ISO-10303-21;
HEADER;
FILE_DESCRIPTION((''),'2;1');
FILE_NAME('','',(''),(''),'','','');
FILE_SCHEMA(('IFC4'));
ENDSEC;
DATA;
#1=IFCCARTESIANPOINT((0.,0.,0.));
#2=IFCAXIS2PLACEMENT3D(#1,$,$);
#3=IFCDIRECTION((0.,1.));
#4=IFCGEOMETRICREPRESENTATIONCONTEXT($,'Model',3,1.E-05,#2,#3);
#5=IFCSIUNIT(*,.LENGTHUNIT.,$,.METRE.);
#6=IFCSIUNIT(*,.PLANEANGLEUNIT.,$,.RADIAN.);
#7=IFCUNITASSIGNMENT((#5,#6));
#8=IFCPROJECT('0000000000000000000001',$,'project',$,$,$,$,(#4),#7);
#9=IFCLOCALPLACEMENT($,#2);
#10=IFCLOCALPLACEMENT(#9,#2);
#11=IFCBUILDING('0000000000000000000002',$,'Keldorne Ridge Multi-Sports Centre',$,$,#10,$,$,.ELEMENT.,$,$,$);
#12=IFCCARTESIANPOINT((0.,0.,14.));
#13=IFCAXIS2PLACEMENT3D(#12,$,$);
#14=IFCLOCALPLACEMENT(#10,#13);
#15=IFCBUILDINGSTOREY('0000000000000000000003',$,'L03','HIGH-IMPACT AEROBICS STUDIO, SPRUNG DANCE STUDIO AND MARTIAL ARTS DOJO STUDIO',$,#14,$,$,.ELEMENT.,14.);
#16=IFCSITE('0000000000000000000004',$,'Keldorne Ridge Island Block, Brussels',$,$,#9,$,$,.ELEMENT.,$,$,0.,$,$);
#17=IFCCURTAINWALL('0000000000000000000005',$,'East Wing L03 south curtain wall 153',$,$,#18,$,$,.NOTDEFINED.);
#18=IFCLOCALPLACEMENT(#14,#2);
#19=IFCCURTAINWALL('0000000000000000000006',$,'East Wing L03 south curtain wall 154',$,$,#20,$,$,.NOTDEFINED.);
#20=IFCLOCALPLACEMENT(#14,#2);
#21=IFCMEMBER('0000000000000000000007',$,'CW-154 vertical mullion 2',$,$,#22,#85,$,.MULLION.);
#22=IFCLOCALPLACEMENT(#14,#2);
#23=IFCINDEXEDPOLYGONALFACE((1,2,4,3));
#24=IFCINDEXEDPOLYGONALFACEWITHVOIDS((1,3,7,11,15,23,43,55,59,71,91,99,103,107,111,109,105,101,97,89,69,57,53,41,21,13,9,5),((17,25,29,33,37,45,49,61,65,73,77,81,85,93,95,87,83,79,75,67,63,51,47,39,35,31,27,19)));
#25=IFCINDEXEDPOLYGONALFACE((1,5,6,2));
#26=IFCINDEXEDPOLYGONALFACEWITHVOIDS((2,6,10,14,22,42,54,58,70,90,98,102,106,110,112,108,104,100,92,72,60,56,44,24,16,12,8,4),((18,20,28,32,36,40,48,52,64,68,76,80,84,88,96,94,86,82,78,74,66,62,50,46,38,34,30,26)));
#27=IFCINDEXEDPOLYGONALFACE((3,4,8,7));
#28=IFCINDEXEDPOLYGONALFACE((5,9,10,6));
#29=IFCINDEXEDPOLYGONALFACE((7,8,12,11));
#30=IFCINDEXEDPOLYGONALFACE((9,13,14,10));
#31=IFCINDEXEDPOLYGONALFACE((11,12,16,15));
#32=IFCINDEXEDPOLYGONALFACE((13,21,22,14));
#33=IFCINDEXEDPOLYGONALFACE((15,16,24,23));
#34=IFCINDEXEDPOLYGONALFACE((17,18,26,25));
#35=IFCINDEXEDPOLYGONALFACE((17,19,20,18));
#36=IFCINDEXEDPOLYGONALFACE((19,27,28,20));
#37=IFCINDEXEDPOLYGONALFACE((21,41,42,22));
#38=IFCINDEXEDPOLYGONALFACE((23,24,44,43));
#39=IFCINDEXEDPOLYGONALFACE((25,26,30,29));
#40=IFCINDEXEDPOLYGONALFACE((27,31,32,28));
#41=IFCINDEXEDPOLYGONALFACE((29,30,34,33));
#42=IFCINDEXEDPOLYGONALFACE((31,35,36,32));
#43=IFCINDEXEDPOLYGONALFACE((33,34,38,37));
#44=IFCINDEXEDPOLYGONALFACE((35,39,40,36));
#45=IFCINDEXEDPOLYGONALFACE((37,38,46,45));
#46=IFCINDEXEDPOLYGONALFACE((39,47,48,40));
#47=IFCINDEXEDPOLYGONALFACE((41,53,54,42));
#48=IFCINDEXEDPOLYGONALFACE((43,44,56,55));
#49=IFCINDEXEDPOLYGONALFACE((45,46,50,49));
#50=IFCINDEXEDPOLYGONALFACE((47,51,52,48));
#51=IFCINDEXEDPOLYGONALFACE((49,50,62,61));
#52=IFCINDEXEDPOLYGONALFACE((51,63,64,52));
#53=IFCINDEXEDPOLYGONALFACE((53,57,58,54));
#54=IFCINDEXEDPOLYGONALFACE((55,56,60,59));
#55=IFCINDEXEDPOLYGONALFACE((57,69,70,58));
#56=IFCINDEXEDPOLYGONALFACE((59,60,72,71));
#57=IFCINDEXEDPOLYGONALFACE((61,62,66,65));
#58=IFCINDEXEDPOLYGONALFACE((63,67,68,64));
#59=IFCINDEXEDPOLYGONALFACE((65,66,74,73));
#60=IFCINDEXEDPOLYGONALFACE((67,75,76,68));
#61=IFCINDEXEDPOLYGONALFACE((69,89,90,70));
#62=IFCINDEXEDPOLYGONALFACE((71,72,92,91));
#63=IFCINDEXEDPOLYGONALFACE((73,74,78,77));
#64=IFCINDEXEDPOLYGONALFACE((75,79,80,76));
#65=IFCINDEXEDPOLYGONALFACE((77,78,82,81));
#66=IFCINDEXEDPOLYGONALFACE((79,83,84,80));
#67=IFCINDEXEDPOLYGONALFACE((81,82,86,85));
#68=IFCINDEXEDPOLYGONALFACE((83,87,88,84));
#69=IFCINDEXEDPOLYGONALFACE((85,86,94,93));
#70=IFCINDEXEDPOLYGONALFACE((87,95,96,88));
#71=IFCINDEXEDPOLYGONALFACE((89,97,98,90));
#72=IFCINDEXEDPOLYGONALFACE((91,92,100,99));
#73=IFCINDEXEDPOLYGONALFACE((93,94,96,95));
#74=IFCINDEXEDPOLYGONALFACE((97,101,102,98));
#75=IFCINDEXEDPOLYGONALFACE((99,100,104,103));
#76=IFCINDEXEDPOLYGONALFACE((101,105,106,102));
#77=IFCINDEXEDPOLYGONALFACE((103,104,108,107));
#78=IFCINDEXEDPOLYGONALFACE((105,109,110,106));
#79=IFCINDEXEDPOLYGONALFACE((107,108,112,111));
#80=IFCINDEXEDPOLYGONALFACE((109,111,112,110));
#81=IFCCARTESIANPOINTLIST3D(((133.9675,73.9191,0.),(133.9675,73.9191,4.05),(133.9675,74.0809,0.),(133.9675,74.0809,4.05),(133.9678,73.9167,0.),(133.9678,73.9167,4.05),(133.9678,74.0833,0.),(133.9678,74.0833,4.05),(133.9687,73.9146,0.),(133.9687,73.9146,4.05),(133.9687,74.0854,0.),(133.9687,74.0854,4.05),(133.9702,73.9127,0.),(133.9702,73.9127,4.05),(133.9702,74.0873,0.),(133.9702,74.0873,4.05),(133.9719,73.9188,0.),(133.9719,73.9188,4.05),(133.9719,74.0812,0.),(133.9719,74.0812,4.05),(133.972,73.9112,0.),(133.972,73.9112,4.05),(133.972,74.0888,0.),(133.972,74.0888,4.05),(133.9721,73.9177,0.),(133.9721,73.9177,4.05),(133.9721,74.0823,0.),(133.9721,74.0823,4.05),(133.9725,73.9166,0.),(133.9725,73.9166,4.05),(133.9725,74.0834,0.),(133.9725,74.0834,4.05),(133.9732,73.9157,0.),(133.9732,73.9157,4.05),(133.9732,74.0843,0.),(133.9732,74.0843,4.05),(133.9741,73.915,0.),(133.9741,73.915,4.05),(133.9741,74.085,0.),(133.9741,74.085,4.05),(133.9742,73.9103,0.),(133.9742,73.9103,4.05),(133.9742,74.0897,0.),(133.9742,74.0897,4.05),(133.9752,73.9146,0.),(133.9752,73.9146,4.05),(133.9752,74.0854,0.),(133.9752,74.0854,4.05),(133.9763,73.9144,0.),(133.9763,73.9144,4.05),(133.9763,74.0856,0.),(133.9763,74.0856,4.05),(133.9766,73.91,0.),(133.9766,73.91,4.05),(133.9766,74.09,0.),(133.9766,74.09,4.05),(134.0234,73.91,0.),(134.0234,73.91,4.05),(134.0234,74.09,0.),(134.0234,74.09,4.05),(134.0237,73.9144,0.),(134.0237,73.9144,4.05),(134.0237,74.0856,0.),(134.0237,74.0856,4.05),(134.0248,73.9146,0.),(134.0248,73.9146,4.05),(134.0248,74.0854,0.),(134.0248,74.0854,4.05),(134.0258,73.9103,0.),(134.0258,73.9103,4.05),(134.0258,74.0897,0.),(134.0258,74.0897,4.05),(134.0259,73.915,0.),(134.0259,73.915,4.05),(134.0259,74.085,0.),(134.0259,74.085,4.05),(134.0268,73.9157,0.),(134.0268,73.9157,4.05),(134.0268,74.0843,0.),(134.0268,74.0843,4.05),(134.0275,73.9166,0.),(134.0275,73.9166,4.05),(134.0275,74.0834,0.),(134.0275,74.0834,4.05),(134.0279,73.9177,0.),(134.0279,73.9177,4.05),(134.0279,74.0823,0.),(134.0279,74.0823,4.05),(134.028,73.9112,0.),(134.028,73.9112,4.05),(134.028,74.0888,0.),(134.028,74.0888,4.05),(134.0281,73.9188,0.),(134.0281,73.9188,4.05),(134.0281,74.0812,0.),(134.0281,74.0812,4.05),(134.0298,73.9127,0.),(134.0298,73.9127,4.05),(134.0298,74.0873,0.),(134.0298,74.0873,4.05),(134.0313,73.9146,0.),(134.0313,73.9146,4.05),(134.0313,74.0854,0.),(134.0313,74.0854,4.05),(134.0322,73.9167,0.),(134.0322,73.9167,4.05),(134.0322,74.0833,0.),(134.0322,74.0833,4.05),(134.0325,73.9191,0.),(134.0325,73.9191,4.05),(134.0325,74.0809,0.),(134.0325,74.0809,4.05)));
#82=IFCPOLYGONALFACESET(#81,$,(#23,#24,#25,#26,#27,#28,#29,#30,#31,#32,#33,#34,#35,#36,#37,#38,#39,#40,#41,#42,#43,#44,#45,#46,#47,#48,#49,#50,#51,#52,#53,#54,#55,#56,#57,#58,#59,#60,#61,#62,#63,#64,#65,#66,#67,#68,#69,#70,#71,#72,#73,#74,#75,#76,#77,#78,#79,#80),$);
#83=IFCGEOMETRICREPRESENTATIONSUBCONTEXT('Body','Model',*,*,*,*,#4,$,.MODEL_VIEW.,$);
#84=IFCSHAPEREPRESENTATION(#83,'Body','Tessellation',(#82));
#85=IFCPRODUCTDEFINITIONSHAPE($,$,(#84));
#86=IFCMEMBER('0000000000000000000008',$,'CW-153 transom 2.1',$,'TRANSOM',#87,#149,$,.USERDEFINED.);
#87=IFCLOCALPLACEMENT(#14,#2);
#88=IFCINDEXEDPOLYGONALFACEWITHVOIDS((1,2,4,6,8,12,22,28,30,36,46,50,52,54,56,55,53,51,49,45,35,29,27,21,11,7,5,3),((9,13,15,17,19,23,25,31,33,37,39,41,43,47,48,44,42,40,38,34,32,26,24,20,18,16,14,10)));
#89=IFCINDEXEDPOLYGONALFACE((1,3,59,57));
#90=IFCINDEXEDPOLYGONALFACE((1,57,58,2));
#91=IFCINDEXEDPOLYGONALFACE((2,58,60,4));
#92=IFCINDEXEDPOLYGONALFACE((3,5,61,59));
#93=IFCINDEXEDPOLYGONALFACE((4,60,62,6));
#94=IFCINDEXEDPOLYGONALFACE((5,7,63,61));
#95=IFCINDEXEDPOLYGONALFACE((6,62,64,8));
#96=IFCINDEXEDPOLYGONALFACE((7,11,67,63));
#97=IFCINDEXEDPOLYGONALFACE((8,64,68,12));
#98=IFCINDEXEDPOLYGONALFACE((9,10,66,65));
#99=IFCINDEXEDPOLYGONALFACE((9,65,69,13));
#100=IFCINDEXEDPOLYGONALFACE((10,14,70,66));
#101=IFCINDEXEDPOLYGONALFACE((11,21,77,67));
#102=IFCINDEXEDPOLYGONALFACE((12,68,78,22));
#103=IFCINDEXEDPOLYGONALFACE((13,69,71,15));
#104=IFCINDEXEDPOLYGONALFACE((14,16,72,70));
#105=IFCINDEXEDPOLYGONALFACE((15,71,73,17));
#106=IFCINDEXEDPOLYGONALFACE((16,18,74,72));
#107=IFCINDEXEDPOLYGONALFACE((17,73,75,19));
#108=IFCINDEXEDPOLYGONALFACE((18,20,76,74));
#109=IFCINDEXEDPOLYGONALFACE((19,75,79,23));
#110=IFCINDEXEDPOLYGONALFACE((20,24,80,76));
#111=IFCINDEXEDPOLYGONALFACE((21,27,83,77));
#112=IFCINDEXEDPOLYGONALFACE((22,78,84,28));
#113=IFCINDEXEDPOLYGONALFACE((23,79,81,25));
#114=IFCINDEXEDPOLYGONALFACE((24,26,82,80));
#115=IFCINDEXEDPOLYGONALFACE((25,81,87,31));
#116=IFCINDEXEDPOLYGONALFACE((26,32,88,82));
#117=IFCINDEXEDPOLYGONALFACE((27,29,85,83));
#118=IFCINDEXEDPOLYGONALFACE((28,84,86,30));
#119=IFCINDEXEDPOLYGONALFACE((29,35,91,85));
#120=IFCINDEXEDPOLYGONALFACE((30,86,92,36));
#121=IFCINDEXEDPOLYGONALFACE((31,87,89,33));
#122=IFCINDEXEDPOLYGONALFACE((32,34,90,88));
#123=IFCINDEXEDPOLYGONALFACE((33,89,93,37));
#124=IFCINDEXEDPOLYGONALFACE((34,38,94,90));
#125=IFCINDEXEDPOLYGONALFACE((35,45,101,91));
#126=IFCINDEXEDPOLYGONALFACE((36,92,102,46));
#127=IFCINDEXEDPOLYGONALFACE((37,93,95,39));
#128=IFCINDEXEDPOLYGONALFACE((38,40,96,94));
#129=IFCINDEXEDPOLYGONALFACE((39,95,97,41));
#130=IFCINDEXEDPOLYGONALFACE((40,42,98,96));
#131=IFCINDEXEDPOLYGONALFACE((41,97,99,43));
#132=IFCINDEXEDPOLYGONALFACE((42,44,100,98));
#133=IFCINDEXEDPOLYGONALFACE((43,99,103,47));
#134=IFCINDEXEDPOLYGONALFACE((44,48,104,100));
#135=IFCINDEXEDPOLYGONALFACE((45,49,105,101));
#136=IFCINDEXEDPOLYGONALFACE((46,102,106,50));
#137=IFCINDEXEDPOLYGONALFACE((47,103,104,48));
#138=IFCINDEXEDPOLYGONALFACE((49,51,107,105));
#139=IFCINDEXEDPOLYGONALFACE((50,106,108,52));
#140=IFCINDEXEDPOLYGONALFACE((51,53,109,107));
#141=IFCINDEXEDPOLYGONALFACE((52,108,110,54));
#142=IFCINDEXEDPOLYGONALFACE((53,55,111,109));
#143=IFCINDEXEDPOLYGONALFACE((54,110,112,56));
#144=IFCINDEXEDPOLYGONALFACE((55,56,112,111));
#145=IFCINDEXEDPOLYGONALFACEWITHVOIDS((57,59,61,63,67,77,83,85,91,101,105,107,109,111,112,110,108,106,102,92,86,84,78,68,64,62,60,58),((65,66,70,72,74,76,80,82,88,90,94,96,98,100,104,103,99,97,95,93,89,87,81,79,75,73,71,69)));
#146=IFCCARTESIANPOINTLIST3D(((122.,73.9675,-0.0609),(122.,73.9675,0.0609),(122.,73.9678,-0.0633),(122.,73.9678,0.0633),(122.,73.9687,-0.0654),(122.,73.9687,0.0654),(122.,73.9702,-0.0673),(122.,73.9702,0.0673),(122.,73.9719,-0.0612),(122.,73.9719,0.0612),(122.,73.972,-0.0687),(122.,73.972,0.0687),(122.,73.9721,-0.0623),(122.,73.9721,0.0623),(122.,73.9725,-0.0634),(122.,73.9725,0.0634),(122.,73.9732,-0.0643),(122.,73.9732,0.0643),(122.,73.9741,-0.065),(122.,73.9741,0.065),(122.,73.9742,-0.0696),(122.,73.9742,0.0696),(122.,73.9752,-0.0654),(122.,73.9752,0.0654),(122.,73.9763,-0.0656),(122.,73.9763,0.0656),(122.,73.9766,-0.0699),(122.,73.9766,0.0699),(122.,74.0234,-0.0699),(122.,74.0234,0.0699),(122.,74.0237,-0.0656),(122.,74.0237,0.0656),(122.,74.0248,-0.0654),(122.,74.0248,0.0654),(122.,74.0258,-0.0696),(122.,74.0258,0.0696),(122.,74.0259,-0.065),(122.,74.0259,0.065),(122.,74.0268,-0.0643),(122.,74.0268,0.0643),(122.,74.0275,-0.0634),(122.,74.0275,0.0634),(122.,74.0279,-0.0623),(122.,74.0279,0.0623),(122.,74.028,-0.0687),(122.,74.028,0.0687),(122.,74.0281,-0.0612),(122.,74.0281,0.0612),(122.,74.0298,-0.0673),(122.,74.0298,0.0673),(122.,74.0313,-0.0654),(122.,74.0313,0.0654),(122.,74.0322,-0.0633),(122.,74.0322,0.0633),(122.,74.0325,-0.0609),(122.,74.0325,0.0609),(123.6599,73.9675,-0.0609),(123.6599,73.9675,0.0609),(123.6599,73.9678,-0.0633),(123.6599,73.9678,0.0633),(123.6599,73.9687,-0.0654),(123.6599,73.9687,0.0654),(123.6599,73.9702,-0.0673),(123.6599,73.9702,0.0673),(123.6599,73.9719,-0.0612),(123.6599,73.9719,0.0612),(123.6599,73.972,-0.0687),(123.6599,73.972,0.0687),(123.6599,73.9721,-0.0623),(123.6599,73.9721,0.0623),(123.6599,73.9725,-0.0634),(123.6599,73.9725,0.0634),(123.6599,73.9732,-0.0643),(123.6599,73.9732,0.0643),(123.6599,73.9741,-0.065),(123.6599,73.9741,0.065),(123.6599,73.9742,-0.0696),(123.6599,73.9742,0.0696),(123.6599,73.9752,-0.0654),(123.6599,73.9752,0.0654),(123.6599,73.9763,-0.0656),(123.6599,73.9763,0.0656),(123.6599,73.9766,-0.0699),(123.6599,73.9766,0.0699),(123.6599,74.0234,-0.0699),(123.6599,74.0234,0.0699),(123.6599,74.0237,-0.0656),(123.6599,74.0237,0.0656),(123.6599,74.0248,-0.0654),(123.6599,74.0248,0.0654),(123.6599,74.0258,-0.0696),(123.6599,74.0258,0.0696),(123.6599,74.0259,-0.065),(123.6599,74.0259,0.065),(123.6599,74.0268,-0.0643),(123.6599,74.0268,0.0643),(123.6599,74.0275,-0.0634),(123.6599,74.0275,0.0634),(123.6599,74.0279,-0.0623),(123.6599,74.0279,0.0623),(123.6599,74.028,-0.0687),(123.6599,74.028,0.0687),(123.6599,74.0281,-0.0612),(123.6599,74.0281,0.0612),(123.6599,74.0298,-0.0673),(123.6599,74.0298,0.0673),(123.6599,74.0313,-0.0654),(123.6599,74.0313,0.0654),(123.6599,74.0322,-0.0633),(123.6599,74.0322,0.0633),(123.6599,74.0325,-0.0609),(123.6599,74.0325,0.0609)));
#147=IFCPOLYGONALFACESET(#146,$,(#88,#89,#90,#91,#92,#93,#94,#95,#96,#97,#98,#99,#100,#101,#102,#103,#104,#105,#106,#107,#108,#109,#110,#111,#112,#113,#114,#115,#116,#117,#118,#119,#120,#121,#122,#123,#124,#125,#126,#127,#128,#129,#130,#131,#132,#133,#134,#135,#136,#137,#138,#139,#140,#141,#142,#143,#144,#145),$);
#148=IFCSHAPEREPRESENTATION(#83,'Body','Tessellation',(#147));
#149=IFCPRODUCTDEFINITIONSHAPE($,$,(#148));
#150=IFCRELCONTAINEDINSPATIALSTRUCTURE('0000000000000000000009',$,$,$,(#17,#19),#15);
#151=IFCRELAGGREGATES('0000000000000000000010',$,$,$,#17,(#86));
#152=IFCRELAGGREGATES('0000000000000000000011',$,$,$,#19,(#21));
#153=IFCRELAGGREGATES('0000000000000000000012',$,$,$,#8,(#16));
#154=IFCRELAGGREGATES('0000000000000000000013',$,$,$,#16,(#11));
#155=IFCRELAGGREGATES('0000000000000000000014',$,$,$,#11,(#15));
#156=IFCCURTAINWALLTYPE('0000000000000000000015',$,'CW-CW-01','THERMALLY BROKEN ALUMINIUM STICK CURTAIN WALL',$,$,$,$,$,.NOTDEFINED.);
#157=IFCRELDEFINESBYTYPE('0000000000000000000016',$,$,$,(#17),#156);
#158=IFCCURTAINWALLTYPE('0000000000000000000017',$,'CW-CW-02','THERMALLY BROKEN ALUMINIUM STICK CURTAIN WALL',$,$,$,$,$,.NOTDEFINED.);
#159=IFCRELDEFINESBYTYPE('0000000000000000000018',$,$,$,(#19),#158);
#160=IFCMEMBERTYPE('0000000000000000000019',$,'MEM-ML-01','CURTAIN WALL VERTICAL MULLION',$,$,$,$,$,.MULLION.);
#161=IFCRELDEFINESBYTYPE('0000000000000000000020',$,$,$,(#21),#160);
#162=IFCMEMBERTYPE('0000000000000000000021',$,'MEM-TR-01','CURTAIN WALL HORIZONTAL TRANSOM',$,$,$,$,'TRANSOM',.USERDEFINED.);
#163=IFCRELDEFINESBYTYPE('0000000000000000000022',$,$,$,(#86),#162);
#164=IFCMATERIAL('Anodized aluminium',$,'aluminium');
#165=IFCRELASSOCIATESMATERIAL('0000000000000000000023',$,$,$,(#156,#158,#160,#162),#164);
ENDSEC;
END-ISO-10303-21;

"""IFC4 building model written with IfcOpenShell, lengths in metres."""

from ifc_helpers import new_model, si_unit, direction, frame, origin, origin_2d, place, context, subcontext, project, spatial, hollow_rectangle, extrude, material, material_profile, profile_set, type_object, element, aggregate, save


model = new_model("IFC4")

# Units and contexts
model_context = context("Model", 3, precision=1e-05, world=origin(), true_north=direction((0.0, 1.0)))
body_context = subcontext(model_context, "Body", "Model", "MODEL_VIEW")
ifc_project = project(units=[si_unit("LENGTHUNIT", "METRE"), si_unit("PLANEANGLEUNIT", "RADIAN")], contexts=[model_context])

# Site, building, storey
site_placement = place(None, origin())
site = spatial("IfcSite", under=ifc_project, at=site_placement, Name="Keldorne Ridge Island Block, Brussels", CompositionType="ELEMENT", RefElevation=0.0)
building_placement = place(site_placement, origin())
building = spatial("IfcBuilding", under=site, at=building_placement, Name="Keldorne Ridge Multi-Sports Centre", CompositionType="ELEMENT")
storey_placement = place(building_placement, frame((0.0, 0.0, 14.0)))
storey = spatial("IfcBuildingStorey", under=building, at=storey_placement, Name="L03", Description="HIGH-IMPACT AEROBICS STUDIO, SPRUNG DANCE STUDIO AND MARTIAL ARTS DOJO STUDIO", CompositionType="ELEMENT", Elevation=14.0)

# Curtain wall
ifc_material_1 = material(Name="Anodized aluminium", Category="aluminium")
curtain_wall_type_1 = type_object("IfcCurtainWallType", Name="CW-CW-01", Description="THERMALLY BROKEN ALUMINIUM STICK CURTAIN WALL", PredefinedType="NOTDEFINED", material=ifc_material_1)
curtain_wall_1_placement = place(storey_placement, origin())
curtain_wall_1 = element("IfcCurtainWall", 1, at=curtain_wall_1_placement, inside=storey, type_object=curtain_wall_type_1, Name="East Wing L03 south curtain wall 153", PredefinedType="NOTDEFINED")
ifc_material_profile_1 = material_profile(ifc_material_1, hollow_rectangle(XDim=0.0649, YDim=0.1799, WallThickness=0.0044, InnerFilletRadius=0.0044, OuterFilletRadius=0.009, at=origin_2d()), Name="ALU MULLION 180x65x4.5")
ifc_profile_set_1 = profile_set([ifc_material_profile_1], Name="Anodized aluminium")
member_type_1 = type_object("IfcMemberType", Name="MEM-ML-01", Description="CURTAIN WALL VERTICAL MULLION", PredefinedType="MULLION", material=ifc_profile_set_1)

# Curtain wall, member
curtain_wall_type_2 = type_object("IfcCurtainWallType", Name="CW-CW-02", Description="THERMALLY BROKEN ALUMINIUM STICK CURTAIN WALL", PredefinedType="NOTDEFINED", material=ifc_material_1)
curtain_wall_2_placement = place(storey_placement, origin())
curtain_wall_2 = element("IfcCurtainWall", 2, at=curtain_wall_2_placement, inside=storey, type_object=curtain_wall_type_2, Name="East Wing L03 south curtain wall 154", PredefinedType="NOTDEFINED")
member_1_placement = place(storey_placement, frame((134.0, 74.0, 0.0), z_axis=(0.0, 0.0, 1.0), x_axis=(1.0, 0.0, 0.0)))
member_1 = element("IfcMember", 3, at=member_1_placement, type_object=member_type_1, Name="CW-154 vertical mullion 2", PredefinedType="MULLION", context=body_context, shape_type="SweptSolid", body=[
    extrude(hollow_rectangle(XDim=0.0649, YDim=0.1799, WallThickness=0.0044, InnerFilletRadius=0.0044, OuterFilletRadius=0.009, at=origin_2d()), origin(), (0.0, 0.0, 1.0), 4.05),
])

# Member
ifc_material_profile_2 = material_profile(ifc_material_1, hollow_rectangle(XDim=0.0649, YDim=0.1399, WallThickness=0.0044, InnerFilletRadius=0.0044, OuterFilletRadius=0.009, at=origin_2d()), Name="ALU TRANSOM 140x65x4.5")
ifc_profile_set_2 = profile_set([ifc_material_profile_2], Name="Anodized aluminium")
member_type_2 = type_object("IfcMemberType", Name="MEM-TR-01", Description="CURTAIN WALL HORIZONTAL TRANSOM", ElementType="TRANSOM", PredefinedType="USERDEFINED", material=ifc_profile_set_2)
member_2_placement = place(storey_placement, frame((122.0, 74.0, 0.0), z_axis=(1.0, 0.0, 0.0), x_axis=(0.0, 1.0, 0.0)))
member_2 = element("IfcMember", 4, at=member_2_placement, type_object=member_type_2, Name="CW-153 transom 2.1", ObjectType="TRANSOM", PredefinedType="USERDEFINED", context=body_context, shape_type="SweptSolid", body=[
    extrude(hollow_rectangle(XDim=0.0649, YDim=0.1399, WallThickness=0.0044, InnerFilletRadius=0.0044, OuterFilletRadius=0.009, at=origin_2d()), origin(), (0.0, 0.0, 1.0), 1.6599),
])

aggregate(curtain_wall_1, [member_2])
aggregate(curtain_wall_2, [member_1])

save(model, "model.ifc")
